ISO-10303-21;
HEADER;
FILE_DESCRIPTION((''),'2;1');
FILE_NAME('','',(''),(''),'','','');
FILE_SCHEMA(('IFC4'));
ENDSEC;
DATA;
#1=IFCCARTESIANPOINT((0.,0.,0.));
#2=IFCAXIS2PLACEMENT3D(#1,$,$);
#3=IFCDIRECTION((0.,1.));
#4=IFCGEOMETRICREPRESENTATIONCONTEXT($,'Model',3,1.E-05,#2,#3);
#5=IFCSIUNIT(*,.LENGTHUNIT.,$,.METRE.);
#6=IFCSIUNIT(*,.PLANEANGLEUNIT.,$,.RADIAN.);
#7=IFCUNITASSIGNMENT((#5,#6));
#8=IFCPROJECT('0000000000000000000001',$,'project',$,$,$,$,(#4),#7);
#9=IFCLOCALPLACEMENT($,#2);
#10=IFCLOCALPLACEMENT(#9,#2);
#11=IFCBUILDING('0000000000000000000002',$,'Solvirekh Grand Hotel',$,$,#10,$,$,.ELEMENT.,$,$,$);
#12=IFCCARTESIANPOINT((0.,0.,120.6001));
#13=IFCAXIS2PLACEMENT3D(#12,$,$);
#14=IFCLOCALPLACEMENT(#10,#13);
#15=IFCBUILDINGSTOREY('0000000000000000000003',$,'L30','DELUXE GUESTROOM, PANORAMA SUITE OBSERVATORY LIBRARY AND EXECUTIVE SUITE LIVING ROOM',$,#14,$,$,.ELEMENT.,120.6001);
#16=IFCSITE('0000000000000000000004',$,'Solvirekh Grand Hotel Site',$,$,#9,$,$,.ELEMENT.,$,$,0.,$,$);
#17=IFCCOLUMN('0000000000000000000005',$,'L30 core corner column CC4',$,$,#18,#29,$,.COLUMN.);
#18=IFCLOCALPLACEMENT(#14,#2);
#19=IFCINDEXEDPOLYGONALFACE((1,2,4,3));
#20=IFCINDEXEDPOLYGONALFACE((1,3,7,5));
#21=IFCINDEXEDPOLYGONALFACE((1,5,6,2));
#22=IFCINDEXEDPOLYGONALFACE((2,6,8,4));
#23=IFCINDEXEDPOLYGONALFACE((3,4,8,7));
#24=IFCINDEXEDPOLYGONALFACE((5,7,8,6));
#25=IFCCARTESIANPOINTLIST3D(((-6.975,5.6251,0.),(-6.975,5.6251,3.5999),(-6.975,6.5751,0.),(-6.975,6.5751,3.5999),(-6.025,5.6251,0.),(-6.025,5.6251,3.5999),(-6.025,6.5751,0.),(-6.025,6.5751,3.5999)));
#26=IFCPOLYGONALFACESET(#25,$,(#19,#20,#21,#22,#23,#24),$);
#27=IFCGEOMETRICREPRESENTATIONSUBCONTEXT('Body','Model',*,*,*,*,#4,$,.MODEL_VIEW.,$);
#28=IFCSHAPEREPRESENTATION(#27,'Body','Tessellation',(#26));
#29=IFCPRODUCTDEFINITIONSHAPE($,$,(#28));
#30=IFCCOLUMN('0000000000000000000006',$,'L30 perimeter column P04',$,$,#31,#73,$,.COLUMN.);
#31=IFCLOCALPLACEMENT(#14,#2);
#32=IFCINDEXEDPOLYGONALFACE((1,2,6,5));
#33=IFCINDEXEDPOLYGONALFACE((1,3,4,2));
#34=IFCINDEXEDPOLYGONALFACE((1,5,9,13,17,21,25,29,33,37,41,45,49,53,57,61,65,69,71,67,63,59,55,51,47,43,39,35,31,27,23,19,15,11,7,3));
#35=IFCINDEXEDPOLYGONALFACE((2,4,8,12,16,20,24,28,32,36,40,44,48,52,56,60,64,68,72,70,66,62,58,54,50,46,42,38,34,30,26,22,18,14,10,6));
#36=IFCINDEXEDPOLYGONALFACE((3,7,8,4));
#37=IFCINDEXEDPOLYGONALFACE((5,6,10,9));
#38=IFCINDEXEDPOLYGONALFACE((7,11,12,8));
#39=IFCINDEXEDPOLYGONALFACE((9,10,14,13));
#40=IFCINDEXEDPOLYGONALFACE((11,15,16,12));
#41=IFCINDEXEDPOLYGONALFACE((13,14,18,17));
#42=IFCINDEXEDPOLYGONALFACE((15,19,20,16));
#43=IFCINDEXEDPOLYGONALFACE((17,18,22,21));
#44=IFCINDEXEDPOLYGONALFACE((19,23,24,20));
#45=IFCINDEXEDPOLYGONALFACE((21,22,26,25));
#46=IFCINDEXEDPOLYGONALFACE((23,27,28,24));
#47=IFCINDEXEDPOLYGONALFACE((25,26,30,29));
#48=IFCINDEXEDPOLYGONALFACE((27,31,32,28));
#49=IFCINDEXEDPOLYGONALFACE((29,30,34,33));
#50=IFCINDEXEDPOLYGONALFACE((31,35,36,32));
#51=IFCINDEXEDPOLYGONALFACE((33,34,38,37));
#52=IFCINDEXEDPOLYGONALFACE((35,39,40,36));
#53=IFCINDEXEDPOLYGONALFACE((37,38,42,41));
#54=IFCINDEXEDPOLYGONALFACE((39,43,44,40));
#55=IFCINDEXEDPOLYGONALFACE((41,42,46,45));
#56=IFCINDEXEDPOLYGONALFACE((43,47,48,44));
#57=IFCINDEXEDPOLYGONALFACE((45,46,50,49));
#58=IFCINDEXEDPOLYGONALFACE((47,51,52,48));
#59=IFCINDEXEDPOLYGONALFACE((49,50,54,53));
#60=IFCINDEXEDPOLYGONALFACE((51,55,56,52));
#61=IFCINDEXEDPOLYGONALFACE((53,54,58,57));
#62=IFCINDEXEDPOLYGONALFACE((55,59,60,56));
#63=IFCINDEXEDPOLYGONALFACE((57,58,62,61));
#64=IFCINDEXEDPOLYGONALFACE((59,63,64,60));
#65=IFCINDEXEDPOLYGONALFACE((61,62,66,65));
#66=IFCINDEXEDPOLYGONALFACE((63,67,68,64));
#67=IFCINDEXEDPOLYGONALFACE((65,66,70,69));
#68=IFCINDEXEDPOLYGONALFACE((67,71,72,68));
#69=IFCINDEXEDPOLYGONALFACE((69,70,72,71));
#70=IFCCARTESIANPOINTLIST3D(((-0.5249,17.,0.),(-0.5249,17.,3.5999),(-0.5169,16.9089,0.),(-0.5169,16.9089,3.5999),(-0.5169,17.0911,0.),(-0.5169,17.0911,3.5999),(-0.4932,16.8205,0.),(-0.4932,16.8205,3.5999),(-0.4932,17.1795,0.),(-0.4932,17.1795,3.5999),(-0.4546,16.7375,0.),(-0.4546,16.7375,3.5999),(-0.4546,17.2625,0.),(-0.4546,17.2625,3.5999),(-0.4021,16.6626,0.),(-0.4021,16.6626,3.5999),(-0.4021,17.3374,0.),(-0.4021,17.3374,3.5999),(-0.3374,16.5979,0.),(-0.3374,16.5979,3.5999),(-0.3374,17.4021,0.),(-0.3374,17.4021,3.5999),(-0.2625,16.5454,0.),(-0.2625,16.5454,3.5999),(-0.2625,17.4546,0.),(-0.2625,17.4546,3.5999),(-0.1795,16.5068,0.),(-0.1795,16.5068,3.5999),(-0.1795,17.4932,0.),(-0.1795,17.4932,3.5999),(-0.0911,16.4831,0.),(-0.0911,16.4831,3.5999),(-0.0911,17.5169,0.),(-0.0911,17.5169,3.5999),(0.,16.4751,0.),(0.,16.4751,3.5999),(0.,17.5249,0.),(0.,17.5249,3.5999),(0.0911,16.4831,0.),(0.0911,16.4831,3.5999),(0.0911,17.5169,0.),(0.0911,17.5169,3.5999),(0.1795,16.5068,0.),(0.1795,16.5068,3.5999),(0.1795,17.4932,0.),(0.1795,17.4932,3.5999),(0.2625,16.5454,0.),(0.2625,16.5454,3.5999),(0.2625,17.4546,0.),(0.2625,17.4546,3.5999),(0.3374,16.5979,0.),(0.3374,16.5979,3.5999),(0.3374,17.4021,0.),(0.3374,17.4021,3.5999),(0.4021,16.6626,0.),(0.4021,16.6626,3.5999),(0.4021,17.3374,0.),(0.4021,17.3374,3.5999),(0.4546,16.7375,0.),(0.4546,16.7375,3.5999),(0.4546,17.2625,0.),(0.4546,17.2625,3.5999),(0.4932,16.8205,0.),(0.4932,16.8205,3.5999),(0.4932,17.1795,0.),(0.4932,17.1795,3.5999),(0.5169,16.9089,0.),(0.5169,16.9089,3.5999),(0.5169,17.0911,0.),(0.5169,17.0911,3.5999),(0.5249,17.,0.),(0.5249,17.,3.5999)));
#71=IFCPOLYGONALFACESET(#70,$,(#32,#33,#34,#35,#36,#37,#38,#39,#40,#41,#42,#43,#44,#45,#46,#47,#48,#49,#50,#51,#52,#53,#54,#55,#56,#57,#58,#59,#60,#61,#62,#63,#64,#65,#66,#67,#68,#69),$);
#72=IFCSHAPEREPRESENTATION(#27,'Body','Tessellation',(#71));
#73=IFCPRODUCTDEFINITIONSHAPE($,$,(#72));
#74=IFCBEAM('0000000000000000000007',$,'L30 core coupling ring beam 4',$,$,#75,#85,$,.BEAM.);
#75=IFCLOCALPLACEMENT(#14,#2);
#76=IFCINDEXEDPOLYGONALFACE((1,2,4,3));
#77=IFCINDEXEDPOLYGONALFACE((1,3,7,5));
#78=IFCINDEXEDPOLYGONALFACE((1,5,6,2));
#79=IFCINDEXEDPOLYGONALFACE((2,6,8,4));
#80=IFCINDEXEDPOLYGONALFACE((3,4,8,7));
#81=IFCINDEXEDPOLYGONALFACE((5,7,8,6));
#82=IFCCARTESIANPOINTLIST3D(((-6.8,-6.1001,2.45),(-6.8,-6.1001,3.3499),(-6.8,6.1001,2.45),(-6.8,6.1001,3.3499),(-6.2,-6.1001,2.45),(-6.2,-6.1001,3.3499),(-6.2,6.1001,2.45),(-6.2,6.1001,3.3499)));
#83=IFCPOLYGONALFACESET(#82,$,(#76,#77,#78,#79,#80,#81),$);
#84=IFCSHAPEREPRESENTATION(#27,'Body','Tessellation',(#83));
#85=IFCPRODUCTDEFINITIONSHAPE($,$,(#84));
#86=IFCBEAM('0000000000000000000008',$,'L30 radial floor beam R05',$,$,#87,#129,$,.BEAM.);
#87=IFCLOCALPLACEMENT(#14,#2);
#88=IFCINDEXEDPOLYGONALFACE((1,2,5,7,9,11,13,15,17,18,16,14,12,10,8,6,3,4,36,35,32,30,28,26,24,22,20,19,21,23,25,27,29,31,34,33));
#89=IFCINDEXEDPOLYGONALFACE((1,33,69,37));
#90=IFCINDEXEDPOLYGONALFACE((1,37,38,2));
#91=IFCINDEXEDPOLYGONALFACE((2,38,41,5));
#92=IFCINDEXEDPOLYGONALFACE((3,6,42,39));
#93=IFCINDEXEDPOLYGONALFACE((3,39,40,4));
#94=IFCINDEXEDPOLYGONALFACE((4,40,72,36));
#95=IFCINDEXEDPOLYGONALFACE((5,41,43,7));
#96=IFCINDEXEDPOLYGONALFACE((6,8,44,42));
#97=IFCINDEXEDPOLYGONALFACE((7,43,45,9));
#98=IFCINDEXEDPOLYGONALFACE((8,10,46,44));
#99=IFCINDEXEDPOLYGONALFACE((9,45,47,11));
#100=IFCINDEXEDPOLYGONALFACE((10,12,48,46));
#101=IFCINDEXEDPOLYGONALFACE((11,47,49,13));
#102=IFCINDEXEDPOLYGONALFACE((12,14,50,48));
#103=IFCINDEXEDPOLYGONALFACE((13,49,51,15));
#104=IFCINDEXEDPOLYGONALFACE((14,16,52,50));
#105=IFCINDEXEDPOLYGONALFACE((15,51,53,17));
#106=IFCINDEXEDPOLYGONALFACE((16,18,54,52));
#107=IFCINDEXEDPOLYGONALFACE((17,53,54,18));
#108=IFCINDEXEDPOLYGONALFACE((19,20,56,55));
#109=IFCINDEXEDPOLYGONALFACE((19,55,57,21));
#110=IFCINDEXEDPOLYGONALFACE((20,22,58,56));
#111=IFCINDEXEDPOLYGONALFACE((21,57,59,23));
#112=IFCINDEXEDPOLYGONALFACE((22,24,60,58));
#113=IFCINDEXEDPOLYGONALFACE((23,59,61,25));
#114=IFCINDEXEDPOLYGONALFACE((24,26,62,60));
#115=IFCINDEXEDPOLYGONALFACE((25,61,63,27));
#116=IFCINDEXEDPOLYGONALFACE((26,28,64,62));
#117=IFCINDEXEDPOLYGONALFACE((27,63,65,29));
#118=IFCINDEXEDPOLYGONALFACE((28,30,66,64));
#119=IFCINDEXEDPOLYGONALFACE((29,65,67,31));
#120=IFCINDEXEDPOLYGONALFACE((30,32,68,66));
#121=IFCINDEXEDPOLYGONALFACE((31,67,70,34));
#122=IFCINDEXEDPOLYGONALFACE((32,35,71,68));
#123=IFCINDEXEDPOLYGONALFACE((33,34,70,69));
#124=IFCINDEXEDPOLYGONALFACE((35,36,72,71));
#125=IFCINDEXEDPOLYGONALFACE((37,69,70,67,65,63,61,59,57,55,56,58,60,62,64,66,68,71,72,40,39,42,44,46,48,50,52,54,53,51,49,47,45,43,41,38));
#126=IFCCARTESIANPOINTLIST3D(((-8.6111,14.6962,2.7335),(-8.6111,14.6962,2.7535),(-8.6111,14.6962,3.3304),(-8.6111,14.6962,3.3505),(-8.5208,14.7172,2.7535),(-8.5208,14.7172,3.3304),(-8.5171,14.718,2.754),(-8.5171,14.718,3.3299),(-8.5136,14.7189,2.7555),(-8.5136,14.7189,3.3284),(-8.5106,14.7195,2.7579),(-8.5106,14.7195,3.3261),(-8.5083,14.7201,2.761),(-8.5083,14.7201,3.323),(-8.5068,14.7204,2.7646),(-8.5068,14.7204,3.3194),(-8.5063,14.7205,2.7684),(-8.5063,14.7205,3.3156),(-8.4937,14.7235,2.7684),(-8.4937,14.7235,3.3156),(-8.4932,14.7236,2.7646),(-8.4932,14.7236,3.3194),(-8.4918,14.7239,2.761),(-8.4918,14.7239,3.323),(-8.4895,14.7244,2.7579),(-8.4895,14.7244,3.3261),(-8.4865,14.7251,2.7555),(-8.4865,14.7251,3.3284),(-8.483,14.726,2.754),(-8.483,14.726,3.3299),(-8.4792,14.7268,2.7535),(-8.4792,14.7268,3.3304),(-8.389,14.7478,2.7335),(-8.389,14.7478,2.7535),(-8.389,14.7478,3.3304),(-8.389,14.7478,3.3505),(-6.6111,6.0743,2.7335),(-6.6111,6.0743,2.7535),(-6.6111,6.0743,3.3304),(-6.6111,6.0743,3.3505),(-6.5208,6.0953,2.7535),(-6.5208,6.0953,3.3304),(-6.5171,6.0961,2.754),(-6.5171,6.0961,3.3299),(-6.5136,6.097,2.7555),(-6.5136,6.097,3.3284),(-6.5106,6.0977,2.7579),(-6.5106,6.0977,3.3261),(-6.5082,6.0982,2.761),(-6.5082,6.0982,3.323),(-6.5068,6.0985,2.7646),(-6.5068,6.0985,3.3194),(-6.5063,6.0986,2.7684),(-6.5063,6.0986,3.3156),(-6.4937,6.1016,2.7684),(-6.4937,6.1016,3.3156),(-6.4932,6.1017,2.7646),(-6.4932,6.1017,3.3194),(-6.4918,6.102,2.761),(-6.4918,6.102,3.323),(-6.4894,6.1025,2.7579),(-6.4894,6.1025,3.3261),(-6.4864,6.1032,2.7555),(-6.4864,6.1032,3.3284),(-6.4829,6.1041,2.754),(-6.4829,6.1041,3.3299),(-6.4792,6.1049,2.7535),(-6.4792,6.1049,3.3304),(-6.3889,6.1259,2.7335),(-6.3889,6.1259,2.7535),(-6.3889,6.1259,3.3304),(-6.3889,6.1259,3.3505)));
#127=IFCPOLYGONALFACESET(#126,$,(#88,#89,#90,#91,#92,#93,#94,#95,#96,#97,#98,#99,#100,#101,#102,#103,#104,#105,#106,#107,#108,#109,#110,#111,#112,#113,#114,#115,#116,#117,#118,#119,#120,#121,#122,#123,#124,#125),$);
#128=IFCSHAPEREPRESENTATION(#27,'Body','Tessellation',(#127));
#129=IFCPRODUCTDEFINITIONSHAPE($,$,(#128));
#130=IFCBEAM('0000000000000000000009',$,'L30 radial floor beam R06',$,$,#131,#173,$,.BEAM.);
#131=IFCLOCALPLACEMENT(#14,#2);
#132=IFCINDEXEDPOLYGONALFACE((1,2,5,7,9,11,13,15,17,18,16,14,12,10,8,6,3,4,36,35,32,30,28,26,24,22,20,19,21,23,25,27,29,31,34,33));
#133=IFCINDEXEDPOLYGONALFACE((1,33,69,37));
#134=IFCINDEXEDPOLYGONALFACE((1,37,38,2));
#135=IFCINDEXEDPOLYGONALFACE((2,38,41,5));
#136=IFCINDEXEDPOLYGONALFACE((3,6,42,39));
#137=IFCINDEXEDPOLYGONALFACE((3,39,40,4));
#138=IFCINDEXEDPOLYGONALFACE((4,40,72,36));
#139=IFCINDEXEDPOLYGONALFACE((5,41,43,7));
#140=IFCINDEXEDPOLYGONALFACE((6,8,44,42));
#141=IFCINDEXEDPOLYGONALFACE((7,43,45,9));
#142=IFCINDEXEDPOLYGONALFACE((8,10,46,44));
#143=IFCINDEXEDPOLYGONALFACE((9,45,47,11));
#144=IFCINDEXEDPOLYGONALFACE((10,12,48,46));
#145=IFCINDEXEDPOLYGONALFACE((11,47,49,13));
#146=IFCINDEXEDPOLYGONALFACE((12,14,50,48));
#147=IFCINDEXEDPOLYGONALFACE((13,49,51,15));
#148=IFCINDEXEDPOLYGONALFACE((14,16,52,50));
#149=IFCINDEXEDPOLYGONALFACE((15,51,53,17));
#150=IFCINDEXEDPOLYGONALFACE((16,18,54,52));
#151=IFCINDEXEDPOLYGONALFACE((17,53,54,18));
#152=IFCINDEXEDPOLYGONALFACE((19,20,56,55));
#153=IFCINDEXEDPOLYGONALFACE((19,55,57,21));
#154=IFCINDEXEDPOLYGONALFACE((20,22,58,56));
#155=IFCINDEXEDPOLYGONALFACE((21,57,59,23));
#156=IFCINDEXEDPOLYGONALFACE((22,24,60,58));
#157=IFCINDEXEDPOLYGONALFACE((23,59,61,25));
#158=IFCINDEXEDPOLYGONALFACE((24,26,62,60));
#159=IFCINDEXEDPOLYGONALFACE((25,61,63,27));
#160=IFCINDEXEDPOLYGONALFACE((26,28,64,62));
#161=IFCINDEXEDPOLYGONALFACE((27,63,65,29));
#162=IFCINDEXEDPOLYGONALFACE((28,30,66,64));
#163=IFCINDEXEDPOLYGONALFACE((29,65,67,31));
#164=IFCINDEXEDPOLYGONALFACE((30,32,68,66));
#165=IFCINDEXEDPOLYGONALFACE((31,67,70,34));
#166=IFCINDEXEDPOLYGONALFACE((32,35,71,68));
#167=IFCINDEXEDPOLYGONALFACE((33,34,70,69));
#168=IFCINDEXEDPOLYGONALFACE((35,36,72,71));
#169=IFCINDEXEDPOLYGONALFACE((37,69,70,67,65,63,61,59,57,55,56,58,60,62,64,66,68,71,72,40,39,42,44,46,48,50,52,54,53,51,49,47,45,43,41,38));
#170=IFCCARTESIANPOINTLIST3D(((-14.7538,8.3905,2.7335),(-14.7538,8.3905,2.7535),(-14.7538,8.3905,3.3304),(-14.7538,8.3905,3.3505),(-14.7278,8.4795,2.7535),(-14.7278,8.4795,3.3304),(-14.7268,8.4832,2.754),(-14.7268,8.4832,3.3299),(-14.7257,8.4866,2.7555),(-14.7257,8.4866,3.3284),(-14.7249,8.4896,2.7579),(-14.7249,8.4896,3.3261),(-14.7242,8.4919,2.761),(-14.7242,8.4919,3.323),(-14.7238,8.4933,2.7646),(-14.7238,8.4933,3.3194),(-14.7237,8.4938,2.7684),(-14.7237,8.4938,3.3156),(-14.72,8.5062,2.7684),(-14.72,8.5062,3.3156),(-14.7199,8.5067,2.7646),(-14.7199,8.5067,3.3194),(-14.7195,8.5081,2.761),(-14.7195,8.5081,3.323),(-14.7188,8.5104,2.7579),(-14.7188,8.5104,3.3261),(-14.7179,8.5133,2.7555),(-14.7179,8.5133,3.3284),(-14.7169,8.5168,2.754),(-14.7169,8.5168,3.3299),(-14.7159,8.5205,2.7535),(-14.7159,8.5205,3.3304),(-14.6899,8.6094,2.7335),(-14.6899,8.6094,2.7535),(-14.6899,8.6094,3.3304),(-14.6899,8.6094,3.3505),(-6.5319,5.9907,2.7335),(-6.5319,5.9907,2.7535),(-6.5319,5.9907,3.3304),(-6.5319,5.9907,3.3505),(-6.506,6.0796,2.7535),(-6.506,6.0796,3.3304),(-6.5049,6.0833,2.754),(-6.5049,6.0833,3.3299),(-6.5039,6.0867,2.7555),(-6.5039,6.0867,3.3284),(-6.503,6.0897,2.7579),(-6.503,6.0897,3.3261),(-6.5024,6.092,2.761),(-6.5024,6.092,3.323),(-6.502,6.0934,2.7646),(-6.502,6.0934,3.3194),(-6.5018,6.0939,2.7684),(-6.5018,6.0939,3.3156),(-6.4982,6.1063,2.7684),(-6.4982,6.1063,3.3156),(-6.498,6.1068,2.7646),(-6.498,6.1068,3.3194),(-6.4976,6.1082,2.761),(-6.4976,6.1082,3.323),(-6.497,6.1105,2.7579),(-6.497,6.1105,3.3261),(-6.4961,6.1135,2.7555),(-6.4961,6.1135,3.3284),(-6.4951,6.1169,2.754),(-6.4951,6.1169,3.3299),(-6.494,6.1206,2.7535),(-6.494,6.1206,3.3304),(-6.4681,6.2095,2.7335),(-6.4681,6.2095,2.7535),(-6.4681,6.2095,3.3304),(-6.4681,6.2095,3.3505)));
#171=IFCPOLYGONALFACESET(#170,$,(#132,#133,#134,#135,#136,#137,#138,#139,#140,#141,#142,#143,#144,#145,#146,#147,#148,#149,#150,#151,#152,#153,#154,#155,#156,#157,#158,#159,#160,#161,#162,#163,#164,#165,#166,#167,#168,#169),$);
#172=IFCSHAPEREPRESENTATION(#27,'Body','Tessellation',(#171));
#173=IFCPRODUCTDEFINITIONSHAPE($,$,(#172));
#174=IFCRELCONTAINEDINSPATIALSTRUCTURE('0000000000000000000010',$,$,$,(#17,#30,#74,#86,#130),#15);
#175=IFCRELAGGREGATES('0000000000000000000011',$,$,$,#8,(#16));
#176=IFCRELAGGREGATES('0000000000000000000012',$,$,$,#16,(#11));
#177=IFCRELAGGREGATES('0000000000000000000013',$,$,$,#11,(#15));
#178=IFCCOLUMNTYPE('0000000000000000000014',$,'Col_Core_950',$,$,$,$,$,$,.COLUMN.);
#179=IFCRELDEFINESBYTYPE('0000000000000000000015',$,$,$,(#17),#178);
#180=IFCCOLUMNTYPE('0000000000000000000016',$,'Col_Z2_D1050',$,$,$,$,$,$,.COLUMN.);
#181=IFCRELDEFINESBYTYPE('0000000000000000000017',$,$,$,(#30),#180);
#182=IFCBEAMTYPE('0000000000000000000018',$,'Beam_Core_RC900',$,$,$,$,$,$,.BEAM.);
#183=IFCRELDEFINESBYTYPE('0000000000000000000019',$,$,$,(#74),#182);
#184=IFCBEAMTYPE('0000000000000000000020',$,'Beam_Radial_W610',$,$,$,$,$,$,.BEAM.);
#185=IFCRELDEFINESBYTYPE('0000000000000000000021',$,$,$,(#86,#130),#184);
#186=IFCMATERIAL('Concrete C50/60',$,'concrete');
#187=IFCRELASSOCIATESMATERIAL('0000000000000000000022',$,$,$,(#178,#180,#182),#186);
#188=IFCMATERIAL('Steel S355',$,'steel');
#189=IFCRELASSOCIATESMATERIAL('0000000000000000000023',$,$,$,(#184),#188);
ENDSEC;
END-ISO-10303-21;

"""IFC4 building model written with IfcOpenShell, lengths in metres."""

from ifc_helpers import new_model, si_unit, direction, frame, origin, origin_2d, place, context, subcontext, project, spatial, rectangle, circle, i_section, extrude, material, material_profile, profile_set, type_object, element, save


model = new_model("IFC4")

# Units and contexts
model_context = context("Model", 3, precision=1e-05, world=origin(), true_north=direction((0.0, 1.0)))
body_context = subcontext(model_context, "Body", "Model", "MODEL_VIEW")
ifc_project = project(units=[si_unit("LENGTHUNIT", "METRE"), si_unit("PLANEANGLEUNIT", "RADIAN")], contexts=[model_context])

# Site, building, storey
site_placement = place(None, origin())
site = spatial("IfcSite", under=ifc_project, at=site_placement, Name="Solvirekh Grand Hotel Site", CompositionType="ELEMENT", RefElevation=0.0)
building_placement = place(site_placement, origin())
building = spatial("IfcBuilding", under=site, at=building_placement, Name="Solvirekh Grand Hotel", CompositionType="ELEMENT")
storey_placement = place(building_placement, frame((0.0, 0.0, 120.6001)))
storey = spatial("IfcBuildingStorey", under=building, at=storey_placement, Name="L30", Description="DELUXE GUESTROOM, PANORAMA SUITE OBSERVATORY LIBRARY AND EXECUTIVE SUITE LIVING ROOM", CompositionType="ELEMENT", Elevation=120.6001)

# Columns
ifc_material_1 = material(Name="Concrete C50/60", Category="concrete")
ifc_material_profile_1 = material_profile(ifc_material_1, rectangle(XDim=0.95, YDim=0.95, at=origin_2d()), Name="RC 950X950")
ifc_profile_set_1 = profile_set([ifc_material_profile_1], Name="Concrete C50/60")
column_type_1 = type_object("IfcColumnType", Name="Col_Core_950", PredefinedType="COLUMN", material=ifc_profile_set_1)
column_1_placement = place(storey_placement, frame((-6.5, 6.1001, 0.0), z_axis=(0.0, 0.0, 1.0), x_axis=(1.0, 0.0, 0.0)))
element("IfcColumn", 1, at=column_1_placement, inside=storey, type_object=column_type_1, Name="L30 core corner column CC4", PredefinedType="COLUMN", context=body_context, shape_type="SweptSolid", body=[
    extrude(rectangle(XDim=0.95, YDim=0.95, at=origin_2d()), origin(), (0.0, 0.0, 1.0), 3.5999),
])
ifc_material_profile_2 = material_profile(ifc_material_1, circle(Radius=0.5249, at=origin_2d()), Name="RC CIRC D1050")
ifc_profile_set_2 = profile_set([ifc_material_profile_2], Name="Concrete C50/60")
column_type_2 = type_object("IfcColumnType", Name="Col_Z2_D1050", PredefinedType="COLUMN", material=ifc_profile_set_2)
column_2_placement = place(storey_placement, frame((0.0, 17.0, 0.0), z_axis=(0.0, 0.0, 1.0), x_axis=(1.0, 0.0, 0.0)))
element("IfcColumn", 2, at=column_2_placement, inside=storey, type_object=column_type_2, Name="L30 perimeter column P04", PredefinedType="COLUMN", context=body_context, shape_type="SweptSolid", body=[
    extrude(circle(Radius=0.5249, at=origin_2d()), origin(), (0.0, 0.0, 1.0), 3.5999),
])

# Beams
ifc_material_profile_3 = material_profile(ifc_material_1, rectangle(XDim=0.6001, YDim=0.8999, at=origin_2d()), Name="RC BEAM 600X900")
ifc_profile_set_3 = profile_set([ifc_material_profile_3], Name="Concrete C50/60")
beam_type_1 = type_object("IfcBeamType", Name="Beam_Core_RC900", PredefinedType="BEAM", material=ifc_profile_set_3)
beam_1_placement = place(storey_placement, frame((-6.5, 6.1001, 2.8999), z_axis=(0.0, -1.0, 0.0), x_axis=(1.0, 0.0, 0.0)))
element("IfcBeam", 3, at=beam_1_placement, inside=storey, type_object=beam_type_1, Name="L30 core coupling ring beam 4", PredefinedType="BEAM", context=body_context, shape_type="SweptSolid", body=[
    extrude(rectangle(XDim=0.6001, YDim=0.8999, at=origin_2d()), origin(), (0.0, 0.0, 1.0), 12.2002),
])
ifc_material_2 = material(Name="Steel S355", Category="steel")
ifc_material_profile_4 = material_profile(ifc_material_2, i_section(OverallWidth=0.228, OverallDepth=0.6169, WebThickness=0.0129, FlangeThickness=0.02, FilletRadius=0.0149, at=origin_2d()), Name="W610X140")
ifc_profile_set_4 = profile_set([ifc_material_profile_4], Name="Steel S355")
beam_type_2 = type_object("IfcBeamType", Name="Beam_Radial_W610", PredefinedType="BEAM", material=ifc_profile_set_4)
beam_2_placement = place(storey_placement, frame((-6.5, 6.1001, 3.042), z_axis=(-0.225969, 0.974134, 0.0), x_axis=(-0.974134, -0.225969, 0.0)))
element("IfcBeam", 4, at=beam_2_placement, inside=storey, type_object=beam_type_2, Name="L30 radial floor beam R05", PredefinedType="BEAM", context=body_context, shape_type="SweptSolid", body=[
    extrude(i_section(OverallWidth=0.228, OverallDepth=0.6169, WebThickness=0.0129, FlangeThickness=0.02, FilletRadius=0.0149, at=origin_2d()), origin(), (0.0, 0.0, 1.0), 8.8508),
])
beam_3_placement = place(storey_placement, frame((-6.5, 6.1001, 3.042), z_axis=(-0.959942, 0.280198, 0.0), x_axis=(-0.280198, -0.959942, 0.0)))
element("IfcBeam", 5, at=beam_3_placement, inside=storey, type_object=beam_type_2, Name="L30 radial floor beam R06", PredefinedType="BEAM", context=body_context, shape_type="SweptSolid", body=[
    extrude(i_section(OverallWidth=0.228, OverallDepth=0.6169, WebThickness=0.0129, FlangeThickness=0.02, FilletRadius=0.0149, at=origin_2d()), origin(), (0.0, 0.0, 1.0), 8.5649),
])

save(model, "model.ifc")
